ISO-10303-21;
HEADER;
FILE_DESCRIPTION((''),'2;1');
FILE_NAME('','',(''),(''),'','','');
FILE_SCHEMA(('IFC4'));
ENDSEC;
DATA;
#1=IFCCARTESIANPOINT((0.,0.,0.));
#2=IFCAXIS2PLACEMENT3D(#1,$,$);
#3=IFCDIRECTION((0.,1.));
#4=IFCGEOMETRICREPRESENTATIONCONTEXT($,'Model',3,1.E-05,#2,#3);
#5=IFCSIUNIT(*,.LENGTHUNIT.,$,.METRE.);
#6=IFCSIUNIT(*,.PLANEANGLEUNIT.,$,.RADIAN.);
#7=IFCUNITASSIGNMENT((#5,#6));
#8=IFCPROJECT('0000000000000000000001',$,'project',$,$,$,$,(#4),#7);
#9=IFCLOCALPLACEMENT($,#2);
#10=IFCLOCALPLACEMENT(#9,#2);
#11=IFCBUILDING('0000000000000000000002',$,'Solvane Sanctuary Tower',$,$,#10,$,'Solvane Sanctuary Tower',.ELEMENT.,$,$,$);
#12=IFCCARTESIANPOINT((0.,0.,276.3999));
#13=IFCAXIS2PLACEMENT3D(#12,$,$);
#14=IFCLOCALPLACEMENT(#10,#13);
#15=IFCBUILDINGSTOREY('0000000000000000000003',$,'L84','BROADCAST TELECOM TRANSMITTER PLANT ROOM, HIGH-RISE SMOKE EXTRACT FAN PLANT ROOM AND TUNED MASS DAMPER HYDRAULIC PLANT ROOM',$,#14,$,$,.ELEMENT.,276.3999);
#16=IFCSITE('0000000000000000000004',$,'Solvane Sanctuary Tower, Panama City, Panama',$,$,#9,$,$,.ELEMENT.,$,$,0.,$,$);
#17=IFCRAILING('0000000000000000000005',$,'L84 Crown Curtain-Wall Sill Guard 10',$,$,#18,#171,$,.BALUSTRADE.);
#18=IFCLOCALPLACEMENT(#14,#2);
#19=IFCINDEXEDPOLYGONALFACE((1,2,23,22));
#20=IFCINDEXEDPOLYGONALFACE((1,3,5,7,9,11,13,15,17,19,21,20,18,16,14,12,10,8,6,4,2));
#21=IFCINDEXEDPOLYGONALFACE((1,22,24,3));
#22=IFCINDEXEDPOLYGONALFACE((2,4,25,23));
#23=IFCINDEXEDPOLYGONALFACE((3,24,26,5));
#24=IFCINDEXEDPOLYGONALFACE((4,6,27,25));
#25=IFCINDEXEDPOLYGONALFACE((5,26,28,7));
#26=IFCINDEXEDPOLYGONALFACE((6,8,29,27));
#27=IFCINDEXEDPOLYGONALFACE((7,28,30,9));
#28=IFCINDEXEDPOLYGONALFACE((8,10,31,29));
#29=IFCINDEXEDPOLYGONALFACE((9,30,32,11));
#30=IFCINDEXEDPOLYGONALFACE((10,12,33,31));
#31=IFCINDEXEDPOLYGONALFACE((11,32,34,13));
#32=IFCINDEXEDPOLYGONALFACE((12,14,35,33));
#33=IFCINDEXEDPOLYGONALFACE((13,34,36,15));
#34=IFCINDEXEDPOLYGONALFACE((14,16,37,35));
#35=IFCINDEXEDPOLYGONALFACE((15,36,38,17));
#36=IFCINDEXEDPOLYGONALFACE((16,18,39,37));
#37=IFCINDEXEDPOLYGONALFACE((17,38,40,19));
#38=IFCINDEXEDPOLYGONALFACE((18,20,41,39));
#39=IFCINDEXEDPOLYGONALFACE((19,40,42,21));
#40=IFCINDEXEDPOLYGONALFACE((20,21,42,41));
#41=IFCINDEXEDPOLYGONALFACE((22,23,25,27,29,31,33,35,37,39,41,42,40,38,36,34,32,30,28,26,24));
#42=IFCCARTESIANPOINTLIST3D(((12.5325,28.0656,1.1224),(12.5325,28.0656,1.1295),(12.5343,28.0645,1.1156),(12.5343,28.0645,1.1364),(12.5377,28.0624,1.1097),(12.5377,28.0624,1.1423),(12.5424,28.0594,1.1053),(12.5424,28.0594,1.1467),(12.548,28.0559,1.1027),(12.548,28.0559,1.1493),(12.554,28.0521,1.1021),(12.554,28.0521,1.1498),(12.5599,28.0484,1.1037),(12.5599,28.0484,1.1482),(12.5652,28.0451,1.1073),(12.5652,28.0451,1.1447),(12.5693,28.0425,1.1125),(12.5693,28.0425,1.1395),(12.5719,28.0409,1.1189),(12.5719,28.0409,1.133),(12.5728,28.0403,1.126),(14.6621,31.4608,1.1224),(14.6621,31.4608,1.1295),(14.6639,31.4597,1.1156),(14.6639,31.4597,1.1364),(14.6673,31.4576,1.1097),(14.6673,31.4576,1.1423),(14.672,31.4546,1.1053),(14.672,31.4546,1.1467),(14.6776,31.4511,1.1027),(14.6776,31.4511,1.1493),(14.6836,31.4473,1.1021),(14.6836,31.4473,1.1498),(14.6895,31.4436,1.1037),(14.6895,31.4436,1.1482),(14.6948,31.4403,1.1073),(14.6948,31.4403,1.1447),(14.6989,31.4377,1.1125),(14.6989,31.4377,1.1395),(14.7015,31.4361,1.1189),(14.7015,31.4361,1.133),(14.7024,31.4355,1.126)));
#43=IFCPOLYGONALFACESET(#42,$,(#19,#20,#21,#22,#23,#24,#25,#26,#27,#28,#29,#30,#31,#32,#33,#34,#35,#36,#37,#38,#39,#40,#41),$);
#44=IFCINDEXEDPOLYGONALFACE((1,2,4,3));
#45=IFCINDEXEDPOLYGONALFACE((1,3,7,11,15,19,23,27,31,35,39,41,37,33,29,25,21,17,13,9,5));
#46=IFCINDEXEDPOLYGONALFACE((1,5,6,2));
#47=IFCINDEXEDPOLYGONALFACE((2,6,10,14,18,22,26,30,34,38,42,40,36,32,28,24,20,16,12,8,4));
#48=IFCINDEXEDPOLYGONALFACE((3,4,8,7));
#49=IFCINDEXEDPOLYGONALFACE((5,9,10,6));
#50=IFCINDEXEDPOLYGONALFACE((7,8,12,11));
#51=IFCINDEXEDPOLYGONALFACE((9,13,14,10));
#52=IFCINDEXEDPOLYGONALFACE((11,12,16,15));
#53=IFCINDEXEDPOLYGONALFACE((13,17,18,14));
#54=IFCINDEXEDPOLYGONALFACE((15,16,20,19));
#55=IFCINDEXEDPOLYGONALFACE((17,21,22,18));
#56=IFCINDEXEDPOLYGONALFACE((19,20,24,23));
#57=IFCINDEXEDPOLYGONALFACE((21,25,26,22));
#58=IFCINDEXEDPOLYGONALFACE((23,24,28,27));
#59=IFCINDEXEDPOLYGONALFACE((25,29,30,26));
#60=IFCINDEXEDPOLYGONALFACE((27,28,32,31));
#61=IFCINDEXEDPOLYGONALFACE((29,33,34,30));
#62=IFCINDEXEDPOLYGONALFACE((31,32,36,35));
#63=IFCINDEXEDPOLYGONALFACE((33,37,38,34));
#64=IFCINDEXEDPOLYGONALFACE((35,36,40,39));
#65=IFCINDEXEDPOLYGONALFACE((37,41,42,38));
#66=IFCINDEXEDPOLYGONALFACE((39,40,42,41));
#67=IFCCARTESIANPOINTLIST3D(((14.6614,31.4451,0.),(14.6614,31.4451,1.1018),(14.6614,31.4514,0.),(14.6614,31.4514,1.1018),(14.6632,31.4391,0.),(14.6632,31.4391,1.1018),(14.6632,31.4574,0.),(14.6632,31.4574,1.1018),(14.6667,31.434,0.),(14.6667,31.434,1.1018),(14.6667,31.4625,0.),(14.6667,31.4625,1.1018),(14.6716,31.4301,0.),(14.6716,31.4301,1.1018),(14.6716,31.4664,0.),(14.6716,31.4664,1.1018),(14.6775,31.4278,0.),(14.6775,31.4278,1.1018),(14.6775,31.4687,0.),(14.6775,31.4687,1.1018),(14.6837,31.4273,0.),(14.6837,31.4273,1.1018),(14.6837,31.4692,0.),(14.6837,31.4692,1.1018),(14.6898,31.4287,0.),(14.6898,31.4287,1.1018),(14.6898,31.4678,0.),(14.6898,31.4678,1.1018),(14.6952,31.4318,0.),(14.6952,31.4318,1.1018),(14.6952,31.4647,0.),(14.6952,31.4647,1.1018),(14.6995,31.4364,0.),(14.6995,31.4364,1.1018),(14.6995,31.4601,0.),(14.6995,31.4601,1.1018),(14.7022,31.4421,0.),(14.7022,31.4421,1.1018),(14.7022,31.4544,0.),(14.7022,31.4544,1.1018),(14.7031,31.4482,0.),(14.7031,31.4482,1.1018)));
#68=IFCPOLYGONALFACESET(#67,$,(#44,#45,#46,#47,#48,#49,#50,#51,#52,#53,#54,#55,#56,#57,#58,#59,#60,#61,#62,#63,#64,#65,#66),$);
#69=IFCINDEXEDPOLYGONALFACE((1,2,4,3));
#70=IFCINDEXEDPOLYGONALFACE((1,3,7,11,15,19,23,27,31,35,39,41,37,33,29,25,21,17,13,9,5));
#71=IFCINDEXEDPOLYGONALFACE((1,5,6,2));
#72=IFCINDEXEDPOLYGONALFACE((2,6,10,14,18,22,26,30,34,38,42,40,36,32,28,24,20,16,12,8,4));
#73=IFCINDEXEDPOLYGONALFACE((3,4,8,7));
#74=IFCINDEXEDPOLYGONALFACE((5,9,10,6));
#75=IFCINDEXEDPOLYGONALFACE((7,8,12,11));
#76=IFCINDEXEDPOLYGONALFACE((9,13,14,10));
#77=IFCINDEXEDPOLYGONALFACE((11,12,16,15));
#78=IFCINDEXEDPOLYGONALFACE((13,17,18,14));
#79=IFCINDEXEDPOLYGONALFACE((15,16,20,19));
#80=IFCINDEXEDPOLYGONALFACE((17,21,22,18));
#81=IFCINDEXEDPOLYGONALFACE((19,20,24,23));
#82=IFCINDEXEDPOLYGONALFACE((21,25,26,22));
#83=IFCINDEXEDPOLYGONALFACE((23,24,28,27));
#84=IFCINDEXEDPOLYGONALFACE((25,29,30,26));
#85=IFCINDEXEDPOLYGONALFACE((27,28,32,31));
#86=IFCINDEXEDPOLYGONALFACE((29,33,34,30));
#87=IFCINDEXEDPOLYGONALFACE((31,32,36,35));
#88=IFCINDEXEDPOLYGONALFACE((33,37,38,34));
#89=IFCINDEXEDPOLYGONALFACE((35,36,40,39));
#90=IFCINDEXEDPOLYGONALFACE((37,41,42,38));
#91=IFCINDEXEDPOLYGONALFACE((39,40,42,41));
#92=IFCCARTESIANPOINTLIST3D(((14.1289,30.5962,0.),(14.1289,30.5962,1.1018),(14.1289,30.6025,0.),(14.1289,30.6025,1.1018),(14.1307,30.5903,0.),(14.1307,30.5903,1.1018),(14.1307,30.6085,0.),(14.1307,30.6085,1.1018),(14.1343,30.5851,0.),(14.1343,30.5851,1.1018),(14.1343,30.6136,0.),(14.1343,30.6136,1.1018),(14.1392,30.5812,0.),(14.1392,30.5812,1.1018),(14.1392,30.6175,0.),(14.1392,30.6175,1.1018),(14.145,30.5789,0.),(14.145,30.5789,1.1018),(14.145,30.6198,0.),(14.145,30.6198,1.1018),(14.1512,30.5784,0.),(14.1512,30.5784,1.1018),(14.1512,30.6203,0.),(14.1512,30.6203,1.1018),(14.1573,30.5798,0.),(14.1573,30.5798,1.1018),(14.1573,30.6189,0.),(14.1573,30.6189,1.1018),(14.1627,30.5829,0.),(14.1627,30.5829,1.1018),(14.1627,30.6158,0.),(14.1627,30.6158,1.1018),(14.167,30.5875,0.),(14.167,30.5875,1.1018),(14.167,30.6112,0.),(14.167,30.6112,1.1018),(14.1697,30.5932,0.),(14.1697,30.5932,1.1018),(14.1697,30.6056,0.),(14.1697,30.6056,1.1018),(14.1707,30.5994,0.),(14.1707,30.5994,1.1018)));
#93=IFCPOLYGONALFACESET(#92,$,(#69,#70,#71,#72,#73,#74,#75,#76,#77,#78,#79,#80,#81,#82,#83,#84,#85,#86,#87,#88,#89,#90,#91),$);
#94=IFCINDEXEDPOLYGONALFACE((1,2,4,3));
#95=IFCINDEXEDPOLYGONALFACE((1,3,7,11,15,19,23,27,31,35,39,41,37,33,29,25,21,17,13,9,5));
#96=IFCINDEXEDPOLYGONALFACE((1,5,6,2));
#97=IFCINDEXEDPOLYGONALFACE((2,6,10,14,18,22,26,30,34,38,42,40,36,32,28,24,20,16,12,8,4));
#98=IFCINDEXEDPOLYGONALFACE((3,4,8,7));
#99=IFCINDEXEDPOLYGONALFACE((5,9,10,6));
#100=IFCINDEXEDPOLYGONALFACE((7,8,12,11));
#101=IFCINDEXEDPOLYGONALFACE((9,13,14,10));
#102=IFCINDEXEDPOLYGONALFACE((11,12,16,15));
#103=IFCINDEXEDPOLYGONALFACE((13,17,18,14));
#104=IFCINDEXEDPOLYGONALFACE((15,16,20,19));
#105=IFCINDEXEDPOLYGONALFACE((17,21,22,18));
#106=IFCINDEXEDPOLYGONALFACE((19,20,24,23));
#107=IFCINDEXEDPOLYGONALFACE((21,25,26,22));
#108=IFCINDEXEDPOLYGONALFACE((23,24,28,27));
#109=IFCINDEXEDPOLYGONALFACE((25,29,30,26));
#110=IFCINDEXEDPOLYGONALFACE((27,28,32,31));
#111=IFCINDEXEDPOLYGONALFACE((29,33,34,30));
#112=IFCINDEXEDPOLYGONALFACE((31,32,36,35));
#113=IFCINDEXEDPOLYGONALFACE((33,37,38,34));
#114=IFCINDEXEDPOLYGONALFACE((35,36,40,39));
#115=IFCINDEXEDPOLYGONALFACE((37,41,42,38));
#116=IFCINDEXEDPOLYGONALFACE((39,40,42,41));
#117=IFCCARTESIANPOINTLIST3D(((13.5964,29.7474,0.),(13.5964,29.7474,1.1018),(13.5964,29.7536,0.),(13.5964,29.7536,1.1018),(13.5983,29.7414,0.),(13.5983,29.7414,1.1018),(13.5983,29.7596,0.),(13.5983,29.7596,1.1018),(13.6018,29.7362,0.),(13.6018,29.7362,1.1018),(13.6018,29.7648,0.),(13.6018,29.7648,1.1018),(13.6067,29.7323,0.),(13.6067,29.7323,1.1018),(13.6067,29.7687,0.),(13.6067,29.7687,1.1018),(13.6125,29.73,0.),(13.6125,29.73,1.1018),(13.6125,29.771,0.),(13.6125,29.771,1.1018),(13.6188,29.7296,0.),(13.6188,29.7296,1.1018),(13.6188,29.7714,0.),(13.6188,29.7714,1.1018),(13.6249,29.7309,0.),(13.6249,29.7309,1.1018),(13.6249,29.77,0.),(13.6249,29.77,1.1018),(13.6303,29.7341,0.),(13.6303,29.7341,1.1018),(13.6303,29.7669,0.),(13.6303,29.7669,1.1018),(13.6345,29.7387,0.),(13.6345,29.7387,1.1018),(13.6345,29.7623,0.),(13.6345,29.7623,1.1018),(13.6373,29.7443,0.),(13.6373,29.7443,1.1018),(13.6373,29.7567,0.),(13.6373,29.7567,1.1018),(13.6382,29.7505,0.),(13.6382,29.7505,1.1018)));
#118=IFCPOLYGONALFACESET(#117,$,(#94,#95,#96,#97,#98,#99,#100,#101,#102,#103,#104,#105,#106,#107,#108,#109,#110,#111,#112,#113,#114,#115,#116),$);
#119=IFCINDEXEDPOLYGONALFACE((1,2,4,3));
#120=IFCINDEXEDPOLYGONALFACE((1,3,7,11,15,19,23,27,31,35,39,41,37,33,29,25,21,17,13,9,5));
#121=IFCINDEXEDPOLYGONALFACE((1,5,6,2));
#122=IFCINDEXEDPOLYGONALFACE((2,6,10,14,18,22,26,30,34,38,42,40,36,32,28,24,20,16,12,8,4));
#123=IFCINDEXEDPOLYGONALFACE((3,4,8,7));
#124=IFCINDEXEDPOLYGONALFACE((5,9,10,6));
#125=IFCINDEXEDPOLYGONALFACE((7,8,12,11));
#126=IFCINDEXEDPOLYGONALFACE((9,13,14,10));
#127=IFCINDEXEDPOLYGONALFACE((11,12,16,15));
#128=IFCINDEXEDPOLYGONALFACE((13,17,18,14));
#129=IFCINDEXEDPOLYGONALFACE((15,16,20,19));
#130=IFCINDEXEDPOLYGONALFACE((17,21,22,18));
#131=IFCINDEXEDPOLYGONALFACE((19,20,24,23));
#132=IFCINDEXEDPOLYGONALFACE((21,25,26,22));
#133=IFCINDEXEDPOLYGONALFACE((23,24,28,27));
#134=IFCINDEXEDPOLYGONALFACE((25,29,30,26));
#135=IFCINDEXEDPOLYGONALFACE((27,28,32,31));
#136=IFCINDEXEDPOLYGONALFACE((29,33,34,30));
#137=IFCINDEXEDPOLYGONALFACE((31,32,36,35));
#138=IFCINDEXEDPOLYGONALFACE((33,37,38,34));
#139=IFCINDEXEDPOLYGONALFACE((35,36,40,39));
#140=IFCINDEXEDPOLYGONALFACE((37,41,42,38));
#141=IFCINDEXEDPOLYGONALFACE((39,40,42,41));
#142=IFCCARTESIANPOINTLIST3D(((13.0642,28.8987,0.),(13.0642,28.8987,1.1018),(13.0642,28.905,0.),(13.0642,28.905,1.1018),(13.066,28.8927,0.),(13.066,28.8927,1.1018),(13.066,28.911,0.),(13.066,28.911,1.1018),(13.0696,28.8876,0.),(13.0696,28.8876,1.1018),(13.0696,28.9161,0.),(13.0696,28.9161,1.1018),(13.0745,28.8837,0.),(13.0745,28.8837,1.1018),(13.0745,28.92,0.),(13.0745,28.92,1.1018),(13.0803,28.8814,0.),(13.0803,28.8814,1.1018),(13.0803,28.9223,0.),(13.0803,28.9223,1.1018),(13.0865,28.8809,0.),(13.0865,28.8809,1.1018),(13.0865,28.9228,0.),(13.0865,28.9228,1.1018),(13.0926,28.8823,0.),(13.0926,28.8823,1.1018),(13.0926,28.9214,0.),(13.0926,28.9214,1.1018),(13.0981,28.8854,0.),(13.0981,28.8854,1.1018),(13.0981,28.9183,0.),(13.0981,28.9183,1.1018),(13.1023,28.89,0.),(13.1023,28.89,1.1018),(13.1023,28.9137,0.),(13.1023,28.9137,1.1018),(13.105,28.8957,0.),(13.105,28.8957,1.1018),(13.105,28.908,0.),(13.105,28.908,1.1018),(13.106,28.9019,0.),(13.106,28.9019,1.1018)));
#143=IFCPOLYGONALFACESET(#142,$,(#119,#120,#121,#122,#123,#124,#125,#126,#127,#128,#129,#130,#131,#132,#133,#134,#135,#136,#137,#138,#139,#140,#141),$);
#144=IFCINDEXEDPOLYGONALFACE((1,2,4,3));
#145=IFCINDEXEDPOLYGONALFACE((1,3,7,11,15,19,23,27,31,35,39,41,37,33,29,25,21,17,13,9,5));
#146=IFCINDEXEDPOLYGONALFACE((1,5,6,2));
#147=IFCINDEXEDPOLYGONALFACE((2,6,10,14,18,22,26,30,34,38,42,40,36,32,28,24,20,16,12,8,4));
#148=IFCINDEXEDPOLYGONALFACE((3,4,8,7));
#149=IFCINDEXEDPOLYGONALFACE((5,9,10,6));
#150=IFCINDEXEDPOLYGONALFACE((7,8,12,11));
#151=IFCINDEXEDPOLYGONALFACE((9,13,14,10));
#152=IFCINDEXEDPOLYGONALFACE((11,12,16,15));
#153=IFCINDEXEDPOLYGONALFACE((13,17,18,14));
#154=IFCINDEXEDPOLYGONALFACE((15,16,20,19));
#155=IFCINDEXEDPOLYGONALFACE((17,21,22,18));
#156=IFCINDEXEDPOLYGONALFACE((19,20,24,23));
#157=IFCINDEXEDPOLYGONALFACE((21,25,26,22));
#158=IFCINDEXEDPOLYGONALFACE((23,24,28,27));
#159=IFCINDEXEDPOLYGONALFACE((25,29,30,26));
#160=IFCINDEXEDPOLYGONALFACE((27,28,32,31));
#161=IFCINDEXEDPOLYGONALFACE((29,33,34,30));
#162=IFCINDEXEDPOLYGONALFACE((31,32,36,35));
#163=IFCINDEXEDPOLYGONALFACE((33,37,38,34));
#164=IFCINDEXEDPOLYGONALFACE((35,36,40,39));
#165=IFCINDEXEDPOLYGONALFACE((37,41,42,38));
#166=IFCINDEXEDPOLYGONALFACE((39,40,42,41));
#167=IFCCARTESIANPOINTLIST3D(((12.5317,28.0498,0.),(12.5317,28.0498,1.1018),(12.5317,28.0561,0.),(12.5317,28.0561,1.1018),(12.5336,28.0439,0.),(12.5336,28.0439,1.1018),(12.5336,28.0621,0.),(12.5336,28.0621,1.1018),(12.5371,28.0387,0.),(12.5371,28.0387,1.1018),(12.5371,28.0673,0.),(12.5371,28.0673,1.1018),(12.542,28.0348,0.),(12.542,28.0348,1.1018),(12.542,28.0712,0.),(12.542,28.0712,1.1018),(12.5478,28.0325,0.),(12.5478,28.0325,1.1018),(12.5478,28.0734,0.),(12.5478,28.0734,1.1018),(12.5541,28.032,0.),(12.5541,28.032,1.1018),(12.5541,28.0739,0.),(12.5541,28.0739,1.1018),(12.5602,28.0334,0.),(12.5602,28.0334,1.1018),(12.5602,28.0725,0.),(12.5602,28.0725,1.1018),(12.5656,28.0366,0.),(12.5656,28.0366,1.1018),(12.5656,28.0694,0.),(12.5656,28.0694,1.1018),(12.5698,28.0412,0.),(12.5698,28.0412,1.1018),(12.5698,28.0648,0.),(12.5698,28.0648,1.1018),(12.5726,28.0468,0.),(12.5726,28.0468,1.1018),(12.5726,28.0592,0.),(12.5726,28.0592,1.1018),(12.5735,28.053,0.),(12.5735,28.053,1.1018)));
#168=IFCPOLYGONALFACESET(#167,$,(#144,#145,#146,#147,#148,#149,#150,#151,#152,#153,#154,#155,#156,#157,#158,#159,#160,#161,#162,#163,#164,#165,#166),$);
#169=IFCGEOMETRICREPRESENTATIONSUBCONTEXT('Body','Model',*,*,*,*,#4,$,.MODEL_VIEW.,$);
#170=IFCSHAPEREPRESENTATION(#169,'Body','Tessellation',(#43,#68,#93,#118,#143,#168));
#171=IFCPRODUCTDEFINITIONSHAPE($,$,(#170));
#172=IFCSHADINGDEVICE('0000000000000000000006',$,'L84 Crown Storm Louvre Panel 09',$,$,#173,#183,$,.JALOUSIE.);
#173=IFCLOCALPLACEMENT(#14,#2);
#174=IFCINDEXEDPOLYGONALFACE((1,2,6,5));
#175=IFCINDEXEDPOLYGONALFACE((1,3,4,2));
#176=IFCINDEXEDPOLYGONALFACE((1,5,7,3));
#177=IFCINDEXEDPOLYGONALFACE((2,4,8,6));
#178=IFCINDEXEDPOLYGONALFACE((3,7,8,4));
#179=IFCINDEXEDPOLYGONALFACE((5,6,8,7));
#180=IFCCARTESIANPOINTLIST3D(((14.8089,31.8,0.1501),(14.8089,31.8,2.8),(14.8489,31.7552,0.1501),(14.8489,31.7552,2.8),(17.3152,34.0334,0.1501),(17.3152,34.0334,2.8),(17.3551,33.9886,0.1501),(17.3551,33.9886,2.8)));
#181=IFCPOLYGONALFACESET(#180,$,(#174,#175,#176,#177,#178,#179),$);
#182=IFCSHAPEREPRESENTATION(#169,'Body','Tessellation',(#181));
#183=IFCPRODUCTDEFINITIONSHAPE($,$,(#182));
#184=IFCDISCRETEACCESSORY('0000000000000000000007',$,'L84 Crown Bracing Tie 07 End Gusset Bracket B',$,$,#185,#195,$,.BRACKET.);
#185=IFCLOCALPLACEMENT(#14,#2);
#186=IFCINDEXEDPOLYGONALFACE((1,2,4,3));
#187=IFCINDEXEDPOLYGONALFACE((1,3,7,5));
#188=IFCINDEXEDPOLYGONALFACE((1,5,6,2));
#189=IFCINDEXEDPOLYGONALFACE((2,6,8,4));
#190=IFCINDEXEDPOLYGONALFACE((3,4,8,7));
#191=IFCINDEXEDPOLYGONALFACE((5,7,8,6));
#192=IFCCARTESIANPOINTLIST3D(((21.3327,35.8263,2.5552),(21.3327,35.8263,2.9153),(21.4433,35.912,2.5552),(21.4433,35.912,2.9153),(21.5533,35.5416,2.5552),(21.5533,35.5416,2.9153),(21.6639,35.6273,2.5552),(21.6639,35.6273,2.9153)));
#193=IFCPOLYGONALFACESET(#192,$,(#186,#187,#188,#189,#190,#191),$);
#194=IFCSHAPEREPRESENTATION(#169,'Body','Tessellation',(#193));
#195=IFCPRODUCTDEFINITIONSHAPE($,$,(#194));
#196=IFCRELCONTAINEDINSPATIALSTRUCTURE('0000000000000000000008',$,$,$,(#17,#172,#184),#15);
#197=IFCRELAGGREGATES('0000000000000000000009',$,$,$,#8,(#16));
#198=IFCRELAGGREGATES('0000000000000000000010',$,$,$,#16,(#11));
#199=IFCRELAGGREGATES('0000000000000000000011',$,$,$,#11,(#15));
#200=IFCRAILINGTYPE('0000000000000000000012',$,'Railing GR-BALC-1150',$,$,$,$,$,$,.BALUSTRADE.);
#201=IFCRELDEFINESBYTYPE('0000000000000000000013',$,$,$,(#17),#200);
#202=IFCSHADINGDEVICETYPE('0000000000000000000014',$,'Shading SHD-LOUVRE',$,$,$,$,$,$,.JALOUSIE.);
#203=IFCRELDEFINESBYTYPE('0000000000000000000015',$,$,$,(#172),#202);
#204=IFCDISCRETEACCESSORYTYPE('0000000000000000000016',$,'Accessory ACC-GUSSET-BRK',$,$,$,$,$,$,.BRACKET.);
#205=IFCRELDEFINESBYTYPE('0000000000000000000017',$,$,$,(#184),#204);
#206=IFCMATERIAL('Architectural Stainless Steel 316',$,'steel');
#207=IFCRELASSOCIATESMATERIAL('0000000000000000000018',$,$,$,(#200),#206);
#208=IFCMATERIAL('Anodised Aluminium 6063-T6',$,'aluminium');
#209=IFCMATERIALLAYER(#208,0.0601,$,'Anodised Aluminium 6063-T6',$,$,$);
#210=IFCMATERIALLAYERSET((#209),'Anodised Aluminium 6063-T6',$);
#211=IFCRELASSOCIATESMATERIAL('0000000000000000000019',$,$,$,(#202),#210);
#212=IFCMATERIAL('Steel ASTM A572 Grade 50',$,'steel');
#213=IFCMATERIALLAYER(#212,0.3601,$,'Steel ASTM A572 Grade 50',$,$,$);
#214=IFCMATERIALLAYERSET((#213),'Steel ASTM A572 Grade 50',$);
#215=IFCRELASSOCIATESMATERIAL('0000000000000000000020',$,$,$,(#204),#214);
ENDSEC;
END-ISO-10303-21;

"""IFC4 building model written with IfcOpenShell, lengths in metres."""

from ifc_helpers import new_model, si_unit, direction, frame, origin, origin_2d, place, context, subcontext, project, spatial, rectangle, circle, extrude, material, layer, layer_set, type_object, element, save


model = new_model("IFC4")

# Units and contexts
model_context = context("Model", 3, precision=1e-05, world=origin(), true_north=direction((0.0, 1.0)))
body_context = subcontext(model_context, "Body", "Model", "MODEL_VIEW")
ifc_project = project(units=[si_unit("LENGTHUNIT", "METRE"), si_unit("PLANEANGLEUNIT", "RADIAN")], contexts=[model_context])

# Site, building, storey
site_placement = place(None, origin())
site = spatial("IfcSite", under=ifc_project, at=site_placement, Name="Solvane Sanctuary Tower, Panama City, Panama", CompositionType="ELEMENT", RefElevation=0.0)
building_placement = place(site_placement, origin())
building = spatial("IfcBuilding", under=site, at=building_placement, Name="Solvane Sanctuary Tower", LongName="Solvane Sanctuary Tower", CompositionType="ELEMENT")
storey_placement = place(building_placement, frame((0.0, 0.0, 276.3999)))
storey = spatial("IfcBuildingStorey", under=building, at=storey_placement, Name="L84", Description="BROADCAST TELECOM TRANSMITTER PLANT ROOM, HIGH-RISE SMOKE EXTRACT FAN PLANT ROOM AND TUNED MASS DAMPER HYDRAULIC PLANT ROOM", CompositionType="ELEMENT", Elevation=276.3999)

# Shared definitions
ifc_material_1 = material(Name="Anodised Aluminium 6063-T6", Category="aluminium")

# Railing
ifc_material_2 = material(Name="Architectural Stainless Steel 316", Category="steel")
railing_type = type_object("IfcRailingType", Name="Railing GR-BALC-1150", PredefinedType="BALUSTRADE", material=ifc_material_2)
railing_1_placement = place(storey_placement, frame((14.6821, 31.4482, 0.0)))
element("IfcRailing", 1, at=railing_1_placement, inside=storey, type_object=railing_type, Name="L84 Crown Curtain-Wall Sill Guard 10", PredefinedType="BALUSTRADE", context=body_context, shape_type="SweptSolid", body=[
    extrude(circle(Radius=0.0239, at=origin_2d()), frame((0.0, 0.0, 1.126), z_axis=(-0.531362, -0.847145, 0.0), x_axis=(0.847145, -0.531362, 0.0)), (0.0, 0.0, 1.0), 4.0078),
    extrude(circle(Radius=0.021, at=origin_2d()), origin(), (0.0, 0.0, 1.0), 1.1018),
    extrude(circle(Radius=0.021, at=origin_2d()), frame((-0.5325, -0.8489, 0.0)), (0.0, 0.0, 1.0), 1.1018),
    extrude(circle(Radius=0.021, at=origin_2d()), frame((-1.0649, -1.6978, 0.0)), (0.0, 0.0, 1.0), 1.1018),
    extrude(circle(Radius=0.021, at=origin_2d()), frame((-1.5972, -2.5464, 0.0)), (0.0, 0.0, 1.0), 1.1018),
    extrude(circle(Radius=0.021, at=origin_2d()), frame((-2.1296, -3.3953, 0.0)), (0.0, 0.0, 1.0), 1.1018),
])

# Shading device
ifc_layer_1 = layer(ifc_material_1, 0.0601, Name="Anodised Aluminium 6063-T6")
ifc_layer_set_1 = layer_set([ifc_layer_1], Name="Anodised Aluminium 6063-T6")
shading_device_type = type_object("IfcShadingDeviceType", Name="Shading SHD-LOUVRE", PredefinedType="JALOUSIE", material=ifc_layer_set_1)
shading_device_placement = place(storey_placement, frame((16.082, 32.8943, 0.1501), z_axis=(0.0, 0.0, 1.0), x_axis=(-0.746577, -0.665299, 0.0)))
element("IfcShadingDevice", 2, at=shading_device_placement, inside=storey, type_object=shading_device_type, Name="L84 Crown Storm Louvre Panel 09", PredefinedType="JALOUSIE", context=body_context, shape_type="SweptSolid", body=[
    extrude(rectangle(XDim=3.3569, YDim=0.0601, at=origin_2d()), origin(), (0.0, 0.0, 1.0), 2.6499),
])

# Discrete accessory
ifc_material_3 = material(Name="Steel ASTM A572 Grade 50", Category="steel")
ifc_layer_2 = layer(ifc_material_3, 0.3601, Name="Steel ASTM A572 Grade 50")
ifc_layer_set_2 = layer_set([ifc_layer_2], Name="Steel ASTM A572 Grade 50")
discrete_accessory_type = type_object("IfcDiscreteAccessoryType", Name="Accessory ACC-GUSSET-BRK", PredefinedType="BRACKET", material=ifc_layer_set_2)
discrete_accessory_placement = place(storey_placement, frame((21.4983, 35.7268, 2.5552), z_axis=(0.0, 0.0, 1.0), x_axis=(-0.612493, 0.790476, 0.0)))
element("IfcDiscreteAccessory", 3, at=discrete_accessory_placement, inside=storey, type_object=discrete_accessory_type, Name="L84 Crown Bracing Tie 07 End Gusset Bracket B", PredefinedType="BRACKET", context=body_context, shape_type="SweptSolid", body=[
    extrude(rectangle(XDim=0.3601, YDim=0.1399, at=origin_2d()), origin(), (0.0, 0.0, 1.0), 0.3601),
])

save(model, "model.ifc")
